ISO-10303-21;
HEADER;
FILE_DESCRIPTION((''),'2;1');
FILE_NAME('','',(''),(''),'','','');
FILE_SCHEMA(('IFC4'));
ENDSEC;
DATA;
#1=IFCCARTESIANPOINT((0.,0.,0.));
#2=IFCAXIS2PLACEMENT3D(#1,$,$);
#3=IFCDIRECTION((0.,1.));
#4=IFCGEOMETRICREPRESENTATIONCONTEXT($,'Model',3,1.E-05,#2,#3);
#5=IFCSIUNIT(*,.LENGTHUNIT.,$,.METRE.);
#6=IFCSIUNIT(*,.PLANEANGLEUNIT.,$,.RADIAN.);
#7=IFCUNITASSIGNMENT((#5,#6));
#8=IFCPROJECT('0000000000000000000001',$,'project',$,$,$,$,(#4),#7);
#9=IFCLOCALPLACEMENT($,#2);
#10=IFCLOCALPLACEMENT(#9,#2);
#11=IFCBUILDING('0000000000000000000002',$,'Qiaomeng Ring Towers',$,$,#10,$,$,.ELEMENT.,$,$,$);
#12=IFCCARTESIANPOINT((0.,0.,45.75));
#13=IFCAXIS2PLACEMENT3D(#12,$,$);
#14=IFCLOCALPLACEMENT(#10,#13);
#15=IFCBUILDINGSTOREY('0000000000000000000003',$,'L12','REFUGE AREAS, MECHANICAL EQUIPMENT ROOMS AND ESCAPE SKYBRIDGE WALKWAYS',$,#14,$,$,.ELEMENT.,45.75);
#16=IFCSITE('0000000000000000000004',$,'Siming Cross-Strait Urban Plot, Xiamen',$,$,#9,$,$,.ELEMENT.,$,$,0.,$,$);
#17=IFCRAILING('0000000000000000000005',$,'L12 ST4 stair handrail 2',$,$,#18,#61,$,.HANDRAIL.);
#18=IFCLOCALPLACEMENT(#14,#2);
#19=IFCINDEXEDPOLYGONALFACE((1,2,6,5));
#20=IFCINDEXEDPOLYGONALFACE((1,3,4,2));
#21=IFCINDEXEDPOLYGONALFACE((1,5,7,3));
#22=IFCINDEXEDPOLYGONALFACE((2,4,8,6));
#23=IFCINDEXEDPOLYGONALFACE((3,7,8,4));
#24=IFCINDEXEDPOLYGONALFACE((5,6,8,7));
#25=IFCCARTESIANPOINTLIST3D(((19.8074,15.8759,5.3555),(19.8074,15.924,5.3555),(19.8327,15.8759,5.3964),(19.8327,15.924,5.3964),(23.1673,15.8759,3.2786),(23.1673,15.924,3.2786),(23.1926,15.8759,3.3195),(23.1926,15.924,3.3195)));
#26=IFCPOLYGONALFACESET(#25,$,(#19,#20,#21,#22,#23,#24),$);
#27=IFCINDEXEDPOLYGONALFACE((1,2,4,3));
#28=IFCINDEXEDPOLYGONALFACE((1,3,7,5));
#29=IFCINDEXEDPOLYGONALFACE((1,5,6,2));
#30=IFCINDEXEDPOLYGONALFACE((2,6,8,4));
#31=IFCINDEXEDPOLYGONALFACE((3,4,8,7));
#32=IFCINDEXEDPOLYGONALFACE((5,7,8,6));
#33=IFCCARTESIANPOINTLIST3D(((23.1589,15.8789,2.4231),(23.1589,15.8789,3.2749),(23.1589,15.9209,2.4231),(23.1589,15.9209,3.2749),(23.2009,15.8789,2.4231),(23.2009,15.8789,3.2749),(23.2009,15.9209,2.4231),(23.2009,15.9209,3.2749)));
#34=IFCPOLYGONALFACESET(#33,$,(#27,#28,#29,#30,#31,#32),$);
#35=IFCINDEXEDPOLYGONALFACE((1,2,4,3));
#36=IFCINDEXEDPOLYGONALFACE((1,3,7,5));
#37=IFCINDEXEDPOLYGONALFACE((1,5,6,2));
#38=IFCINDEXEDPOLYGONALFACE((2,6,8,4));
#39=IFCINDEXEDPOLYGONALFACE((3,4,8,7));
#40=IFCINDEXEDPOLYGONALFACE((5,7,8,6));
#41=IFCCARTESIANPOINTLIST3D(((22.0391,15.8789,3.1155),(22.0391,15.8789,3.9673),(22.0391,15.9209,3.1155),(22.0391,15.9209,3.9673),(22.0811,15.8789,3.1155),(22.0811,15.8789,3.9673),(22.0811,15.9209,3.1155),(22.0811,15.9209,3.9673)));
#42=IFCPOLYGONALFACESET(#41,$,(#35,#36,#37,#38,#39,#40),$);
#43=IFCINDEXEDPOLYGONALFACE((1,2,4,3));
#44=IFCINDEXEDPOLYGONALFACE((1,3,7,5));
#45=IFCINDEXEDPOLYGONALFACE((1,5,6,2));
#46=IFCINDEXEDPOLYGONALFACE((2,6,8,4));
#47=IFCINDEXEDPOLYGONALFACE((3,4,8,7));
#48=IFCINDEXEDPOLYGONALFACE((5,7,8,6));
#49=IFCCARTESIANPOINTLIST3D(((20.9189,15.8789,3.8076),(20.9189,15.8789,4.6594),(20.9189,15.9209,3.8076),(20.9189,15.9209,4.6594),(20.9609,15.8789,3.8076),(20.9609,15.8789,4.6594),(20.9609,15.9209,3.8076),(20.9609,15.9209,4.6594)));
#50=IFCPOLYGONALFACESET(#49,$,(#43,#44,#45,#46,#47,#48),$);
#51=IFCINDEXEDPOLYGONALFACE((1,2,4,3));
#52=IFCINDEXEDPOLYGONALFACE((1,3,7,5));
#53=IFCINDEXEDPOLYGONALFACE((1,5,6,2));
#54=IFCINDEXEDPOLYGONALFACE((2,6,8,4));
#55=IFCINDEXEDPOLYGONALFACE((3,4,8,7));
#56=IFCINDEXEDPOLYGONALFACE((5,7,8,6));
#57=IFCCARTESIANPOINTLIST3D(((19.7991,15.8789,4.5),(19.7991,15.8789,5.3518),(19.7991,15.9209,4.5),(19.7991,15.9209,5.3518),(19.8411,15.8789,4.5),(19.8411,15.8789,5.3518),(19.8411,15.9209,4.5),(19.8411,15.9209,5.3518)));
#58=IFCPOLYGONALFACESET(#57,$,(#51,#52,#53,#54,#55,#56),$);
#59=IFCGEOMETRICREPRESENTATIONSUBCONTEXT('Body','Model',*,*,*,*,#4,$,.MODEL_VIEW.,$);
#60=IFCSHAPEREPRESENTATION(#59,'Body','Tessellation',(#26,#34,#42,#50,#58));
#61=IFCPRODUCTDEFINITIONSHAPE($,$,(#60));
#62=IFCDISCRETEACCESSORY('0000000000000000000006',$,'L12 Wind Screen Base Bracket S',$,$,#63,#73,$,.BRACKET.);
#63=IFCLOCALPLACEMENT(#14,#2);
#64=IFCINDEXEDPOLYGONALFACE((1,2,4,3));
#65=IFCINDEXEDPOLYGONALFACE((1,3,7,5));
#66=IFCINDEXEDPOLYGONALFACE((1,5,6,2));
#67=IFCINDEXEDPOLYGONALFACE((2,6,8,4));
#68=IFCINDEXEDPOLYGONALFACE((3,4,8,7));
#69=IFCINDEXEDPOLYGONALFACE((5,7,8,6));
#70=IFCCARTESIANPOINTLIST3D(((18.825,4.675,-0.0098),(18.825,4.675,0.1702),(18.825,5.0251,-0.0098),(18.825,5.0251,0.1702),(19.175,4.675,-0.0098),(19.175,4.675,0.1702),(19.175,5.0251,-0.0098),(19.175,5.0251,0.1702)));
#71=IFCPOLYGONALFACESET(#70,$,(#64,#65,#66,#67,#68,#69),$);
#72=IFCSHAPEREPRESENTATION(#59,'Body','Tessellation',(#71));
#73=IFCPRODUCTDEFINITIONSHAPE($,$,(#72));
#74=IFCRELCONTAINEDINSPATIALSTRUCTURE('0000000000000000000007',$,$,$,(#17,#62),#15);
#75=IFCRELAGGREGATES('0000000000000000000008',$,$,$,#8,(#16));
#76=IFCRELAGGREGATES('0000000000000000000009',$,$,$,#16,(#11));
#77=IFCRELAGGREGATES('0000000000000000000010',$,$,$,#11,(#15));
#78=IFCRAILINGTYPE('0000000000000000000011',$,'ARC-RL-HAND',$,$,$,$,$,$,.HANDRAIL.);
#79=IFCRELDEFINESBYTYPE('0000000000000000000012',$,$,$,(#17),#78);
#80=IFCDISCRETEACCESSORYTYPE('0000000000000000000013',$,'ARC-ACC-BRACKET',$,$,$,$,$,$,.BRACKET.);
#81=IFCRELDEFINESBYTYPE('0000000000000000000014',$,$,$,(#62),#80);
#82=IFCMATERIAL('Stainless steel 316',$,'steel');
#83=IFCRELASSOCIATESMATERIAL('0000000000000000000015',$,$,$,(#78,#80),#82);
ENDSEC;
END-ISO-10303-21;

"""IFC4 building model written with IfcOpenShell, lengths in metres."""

from ifc_helpers import new_model, si_unit, direction, frame, origin, origin_2d, place, context, subcontext, project, spatial, rectangle, extrude, source, transform, mapped, material, type_object, element, save


model = new_model("IFC4")

# Units and contexts
model_context = context("Model", 3, precision=1e-05, world=origin(), true_north=direction((0.0, 1.0)))
body_context = subcontext(model_context, "Body", "Model", "MODEL_VIEW")
ifc_project = project(units=[si_unit("LENGTHUNIT", "METRE"), si_unit("PLANEANGLEUNIT", "RADIAN")], contexts=[model_context])

# Site, building, storey
site_placement = place(None, origin())
site = spatial("IfcSite", under=ifc_project, at=site_placement, Name="Siming Cross-Strait Urban Plot, Xiamen", CompositionType="ELEMENT", RefElevation=0.0)
building_placement = place(site_placement, origin())
building = spatial("IfcBuilding", under=site, at=building_placement, Name="Qiaomeng Ring Towers", CompositionType="ELEMENT")
storey_placement = place(building_placement, frame((0.0, 0.0, 45.75)))
storey = spatial("IfcBuildingStorey", under=building, at=storey_placement, Name="L12", Description="REFUGE AREAS, MECHANICAL EQUIPMENT ROOMS AND ESCAPE SKYBRIDGE WALKWAYS", CompositionType="ELEMENT", Elevation=45.75)

# Shared definitions
ifc_material_1 = material(Name="Stainless steel 316", Category="steel")

# Railing
railing_type_1 = type_object("IfcRailingType", Name="ARC-RL-HAND", PredefinedType="HANDRAIL", material=ifc_material_1)
railing_1_placement = place(storey_placement, frame((23.1799, 15.8999, 2.4231)))
element("IfcRailing", 1, at=railing_1_placement, inside=storey, type_object=railing_type_1, Name="L12 ST4 stair handrail 2", PredefinedType="HANDRAIL", context=body_context, shape_type="SweptSolid", body=[
    extrude(rectangle(XDim=0.0481, YDim=0.0481, at=origin_2d()), frame((0.0, 0.0, 0.876), z_axis=(-0.850606, 0.0, 0.525803), x_axis=(0.0, -1.0, 0.0)), (0.0, 0.0, 1.0), 3.95),
    extrude(rectangle(XDim=0.042, YDim=0.042, at=origin_2d()), origin(), (0.0, 0.0, 1.0), 0.8518),
    extrude(rectangle(XDim=0.042, YDim=0.042, at=origin_2d()), frame((-1.1199, 0.0, 0.6924)), (0.0, 0.0, 1.0), 0.8518),
    extrude(rectangle(XDim=0.042, YDim=0.042, at=origin_2d()), frame((-2.24, 0.0, 1.3845)), (0.0, 0.0, 1.0), 0.8518),
    extrude(rectangle(XDim=0.042, YDim=0.042, at=origin_2d()), frame((-3.3599, 0.0, 2.0769)), (0.0, 0.0, 1.0), 0.8518),
])

# Discrete accessory
discrete_accessory_type = type_object("IfcDiscreteAccessoryType", Name="ARC-ACC-BRACKET", PredefinedType="BRACKET", material=ifc_material_1)
shared_shape_1 = source(origin(), body_context, "Body", "SweptSolid", [
    extrude(rectangle(XDim=0.3501, YDim=0.3501, at=origin_2d()), origin(), (0.0, 0.0, 1.0), 0.1799),
])
discrete_accessory_placement = place(storey_placement, frame((19.0, 4.8501, -0.0098), z_axis=(0.0, 0.0, 1.0), x_axis=(1.0, 0.0, 0.0)))
element("IfcDiscreteAccessory", 2, at=discrete_accessory_placement, inside=storey, type_object=discrete_accessory_type, Name="L12 Wind Screen Base Bracket S", PredefinedType="BRACKET", context=body_context, shape_type="MappedRepresentation", body=[
    mapped(shared_shape_1, transform((0.0, 0.0, 0.0), x_axis=(1.0, 0.0, 0.0), y_axis=(0.0, 1.0, 0.0), z_axis=(0.0, 0.0, 1.0), scale=1.0)),
])

save(model, "model.ifc")
